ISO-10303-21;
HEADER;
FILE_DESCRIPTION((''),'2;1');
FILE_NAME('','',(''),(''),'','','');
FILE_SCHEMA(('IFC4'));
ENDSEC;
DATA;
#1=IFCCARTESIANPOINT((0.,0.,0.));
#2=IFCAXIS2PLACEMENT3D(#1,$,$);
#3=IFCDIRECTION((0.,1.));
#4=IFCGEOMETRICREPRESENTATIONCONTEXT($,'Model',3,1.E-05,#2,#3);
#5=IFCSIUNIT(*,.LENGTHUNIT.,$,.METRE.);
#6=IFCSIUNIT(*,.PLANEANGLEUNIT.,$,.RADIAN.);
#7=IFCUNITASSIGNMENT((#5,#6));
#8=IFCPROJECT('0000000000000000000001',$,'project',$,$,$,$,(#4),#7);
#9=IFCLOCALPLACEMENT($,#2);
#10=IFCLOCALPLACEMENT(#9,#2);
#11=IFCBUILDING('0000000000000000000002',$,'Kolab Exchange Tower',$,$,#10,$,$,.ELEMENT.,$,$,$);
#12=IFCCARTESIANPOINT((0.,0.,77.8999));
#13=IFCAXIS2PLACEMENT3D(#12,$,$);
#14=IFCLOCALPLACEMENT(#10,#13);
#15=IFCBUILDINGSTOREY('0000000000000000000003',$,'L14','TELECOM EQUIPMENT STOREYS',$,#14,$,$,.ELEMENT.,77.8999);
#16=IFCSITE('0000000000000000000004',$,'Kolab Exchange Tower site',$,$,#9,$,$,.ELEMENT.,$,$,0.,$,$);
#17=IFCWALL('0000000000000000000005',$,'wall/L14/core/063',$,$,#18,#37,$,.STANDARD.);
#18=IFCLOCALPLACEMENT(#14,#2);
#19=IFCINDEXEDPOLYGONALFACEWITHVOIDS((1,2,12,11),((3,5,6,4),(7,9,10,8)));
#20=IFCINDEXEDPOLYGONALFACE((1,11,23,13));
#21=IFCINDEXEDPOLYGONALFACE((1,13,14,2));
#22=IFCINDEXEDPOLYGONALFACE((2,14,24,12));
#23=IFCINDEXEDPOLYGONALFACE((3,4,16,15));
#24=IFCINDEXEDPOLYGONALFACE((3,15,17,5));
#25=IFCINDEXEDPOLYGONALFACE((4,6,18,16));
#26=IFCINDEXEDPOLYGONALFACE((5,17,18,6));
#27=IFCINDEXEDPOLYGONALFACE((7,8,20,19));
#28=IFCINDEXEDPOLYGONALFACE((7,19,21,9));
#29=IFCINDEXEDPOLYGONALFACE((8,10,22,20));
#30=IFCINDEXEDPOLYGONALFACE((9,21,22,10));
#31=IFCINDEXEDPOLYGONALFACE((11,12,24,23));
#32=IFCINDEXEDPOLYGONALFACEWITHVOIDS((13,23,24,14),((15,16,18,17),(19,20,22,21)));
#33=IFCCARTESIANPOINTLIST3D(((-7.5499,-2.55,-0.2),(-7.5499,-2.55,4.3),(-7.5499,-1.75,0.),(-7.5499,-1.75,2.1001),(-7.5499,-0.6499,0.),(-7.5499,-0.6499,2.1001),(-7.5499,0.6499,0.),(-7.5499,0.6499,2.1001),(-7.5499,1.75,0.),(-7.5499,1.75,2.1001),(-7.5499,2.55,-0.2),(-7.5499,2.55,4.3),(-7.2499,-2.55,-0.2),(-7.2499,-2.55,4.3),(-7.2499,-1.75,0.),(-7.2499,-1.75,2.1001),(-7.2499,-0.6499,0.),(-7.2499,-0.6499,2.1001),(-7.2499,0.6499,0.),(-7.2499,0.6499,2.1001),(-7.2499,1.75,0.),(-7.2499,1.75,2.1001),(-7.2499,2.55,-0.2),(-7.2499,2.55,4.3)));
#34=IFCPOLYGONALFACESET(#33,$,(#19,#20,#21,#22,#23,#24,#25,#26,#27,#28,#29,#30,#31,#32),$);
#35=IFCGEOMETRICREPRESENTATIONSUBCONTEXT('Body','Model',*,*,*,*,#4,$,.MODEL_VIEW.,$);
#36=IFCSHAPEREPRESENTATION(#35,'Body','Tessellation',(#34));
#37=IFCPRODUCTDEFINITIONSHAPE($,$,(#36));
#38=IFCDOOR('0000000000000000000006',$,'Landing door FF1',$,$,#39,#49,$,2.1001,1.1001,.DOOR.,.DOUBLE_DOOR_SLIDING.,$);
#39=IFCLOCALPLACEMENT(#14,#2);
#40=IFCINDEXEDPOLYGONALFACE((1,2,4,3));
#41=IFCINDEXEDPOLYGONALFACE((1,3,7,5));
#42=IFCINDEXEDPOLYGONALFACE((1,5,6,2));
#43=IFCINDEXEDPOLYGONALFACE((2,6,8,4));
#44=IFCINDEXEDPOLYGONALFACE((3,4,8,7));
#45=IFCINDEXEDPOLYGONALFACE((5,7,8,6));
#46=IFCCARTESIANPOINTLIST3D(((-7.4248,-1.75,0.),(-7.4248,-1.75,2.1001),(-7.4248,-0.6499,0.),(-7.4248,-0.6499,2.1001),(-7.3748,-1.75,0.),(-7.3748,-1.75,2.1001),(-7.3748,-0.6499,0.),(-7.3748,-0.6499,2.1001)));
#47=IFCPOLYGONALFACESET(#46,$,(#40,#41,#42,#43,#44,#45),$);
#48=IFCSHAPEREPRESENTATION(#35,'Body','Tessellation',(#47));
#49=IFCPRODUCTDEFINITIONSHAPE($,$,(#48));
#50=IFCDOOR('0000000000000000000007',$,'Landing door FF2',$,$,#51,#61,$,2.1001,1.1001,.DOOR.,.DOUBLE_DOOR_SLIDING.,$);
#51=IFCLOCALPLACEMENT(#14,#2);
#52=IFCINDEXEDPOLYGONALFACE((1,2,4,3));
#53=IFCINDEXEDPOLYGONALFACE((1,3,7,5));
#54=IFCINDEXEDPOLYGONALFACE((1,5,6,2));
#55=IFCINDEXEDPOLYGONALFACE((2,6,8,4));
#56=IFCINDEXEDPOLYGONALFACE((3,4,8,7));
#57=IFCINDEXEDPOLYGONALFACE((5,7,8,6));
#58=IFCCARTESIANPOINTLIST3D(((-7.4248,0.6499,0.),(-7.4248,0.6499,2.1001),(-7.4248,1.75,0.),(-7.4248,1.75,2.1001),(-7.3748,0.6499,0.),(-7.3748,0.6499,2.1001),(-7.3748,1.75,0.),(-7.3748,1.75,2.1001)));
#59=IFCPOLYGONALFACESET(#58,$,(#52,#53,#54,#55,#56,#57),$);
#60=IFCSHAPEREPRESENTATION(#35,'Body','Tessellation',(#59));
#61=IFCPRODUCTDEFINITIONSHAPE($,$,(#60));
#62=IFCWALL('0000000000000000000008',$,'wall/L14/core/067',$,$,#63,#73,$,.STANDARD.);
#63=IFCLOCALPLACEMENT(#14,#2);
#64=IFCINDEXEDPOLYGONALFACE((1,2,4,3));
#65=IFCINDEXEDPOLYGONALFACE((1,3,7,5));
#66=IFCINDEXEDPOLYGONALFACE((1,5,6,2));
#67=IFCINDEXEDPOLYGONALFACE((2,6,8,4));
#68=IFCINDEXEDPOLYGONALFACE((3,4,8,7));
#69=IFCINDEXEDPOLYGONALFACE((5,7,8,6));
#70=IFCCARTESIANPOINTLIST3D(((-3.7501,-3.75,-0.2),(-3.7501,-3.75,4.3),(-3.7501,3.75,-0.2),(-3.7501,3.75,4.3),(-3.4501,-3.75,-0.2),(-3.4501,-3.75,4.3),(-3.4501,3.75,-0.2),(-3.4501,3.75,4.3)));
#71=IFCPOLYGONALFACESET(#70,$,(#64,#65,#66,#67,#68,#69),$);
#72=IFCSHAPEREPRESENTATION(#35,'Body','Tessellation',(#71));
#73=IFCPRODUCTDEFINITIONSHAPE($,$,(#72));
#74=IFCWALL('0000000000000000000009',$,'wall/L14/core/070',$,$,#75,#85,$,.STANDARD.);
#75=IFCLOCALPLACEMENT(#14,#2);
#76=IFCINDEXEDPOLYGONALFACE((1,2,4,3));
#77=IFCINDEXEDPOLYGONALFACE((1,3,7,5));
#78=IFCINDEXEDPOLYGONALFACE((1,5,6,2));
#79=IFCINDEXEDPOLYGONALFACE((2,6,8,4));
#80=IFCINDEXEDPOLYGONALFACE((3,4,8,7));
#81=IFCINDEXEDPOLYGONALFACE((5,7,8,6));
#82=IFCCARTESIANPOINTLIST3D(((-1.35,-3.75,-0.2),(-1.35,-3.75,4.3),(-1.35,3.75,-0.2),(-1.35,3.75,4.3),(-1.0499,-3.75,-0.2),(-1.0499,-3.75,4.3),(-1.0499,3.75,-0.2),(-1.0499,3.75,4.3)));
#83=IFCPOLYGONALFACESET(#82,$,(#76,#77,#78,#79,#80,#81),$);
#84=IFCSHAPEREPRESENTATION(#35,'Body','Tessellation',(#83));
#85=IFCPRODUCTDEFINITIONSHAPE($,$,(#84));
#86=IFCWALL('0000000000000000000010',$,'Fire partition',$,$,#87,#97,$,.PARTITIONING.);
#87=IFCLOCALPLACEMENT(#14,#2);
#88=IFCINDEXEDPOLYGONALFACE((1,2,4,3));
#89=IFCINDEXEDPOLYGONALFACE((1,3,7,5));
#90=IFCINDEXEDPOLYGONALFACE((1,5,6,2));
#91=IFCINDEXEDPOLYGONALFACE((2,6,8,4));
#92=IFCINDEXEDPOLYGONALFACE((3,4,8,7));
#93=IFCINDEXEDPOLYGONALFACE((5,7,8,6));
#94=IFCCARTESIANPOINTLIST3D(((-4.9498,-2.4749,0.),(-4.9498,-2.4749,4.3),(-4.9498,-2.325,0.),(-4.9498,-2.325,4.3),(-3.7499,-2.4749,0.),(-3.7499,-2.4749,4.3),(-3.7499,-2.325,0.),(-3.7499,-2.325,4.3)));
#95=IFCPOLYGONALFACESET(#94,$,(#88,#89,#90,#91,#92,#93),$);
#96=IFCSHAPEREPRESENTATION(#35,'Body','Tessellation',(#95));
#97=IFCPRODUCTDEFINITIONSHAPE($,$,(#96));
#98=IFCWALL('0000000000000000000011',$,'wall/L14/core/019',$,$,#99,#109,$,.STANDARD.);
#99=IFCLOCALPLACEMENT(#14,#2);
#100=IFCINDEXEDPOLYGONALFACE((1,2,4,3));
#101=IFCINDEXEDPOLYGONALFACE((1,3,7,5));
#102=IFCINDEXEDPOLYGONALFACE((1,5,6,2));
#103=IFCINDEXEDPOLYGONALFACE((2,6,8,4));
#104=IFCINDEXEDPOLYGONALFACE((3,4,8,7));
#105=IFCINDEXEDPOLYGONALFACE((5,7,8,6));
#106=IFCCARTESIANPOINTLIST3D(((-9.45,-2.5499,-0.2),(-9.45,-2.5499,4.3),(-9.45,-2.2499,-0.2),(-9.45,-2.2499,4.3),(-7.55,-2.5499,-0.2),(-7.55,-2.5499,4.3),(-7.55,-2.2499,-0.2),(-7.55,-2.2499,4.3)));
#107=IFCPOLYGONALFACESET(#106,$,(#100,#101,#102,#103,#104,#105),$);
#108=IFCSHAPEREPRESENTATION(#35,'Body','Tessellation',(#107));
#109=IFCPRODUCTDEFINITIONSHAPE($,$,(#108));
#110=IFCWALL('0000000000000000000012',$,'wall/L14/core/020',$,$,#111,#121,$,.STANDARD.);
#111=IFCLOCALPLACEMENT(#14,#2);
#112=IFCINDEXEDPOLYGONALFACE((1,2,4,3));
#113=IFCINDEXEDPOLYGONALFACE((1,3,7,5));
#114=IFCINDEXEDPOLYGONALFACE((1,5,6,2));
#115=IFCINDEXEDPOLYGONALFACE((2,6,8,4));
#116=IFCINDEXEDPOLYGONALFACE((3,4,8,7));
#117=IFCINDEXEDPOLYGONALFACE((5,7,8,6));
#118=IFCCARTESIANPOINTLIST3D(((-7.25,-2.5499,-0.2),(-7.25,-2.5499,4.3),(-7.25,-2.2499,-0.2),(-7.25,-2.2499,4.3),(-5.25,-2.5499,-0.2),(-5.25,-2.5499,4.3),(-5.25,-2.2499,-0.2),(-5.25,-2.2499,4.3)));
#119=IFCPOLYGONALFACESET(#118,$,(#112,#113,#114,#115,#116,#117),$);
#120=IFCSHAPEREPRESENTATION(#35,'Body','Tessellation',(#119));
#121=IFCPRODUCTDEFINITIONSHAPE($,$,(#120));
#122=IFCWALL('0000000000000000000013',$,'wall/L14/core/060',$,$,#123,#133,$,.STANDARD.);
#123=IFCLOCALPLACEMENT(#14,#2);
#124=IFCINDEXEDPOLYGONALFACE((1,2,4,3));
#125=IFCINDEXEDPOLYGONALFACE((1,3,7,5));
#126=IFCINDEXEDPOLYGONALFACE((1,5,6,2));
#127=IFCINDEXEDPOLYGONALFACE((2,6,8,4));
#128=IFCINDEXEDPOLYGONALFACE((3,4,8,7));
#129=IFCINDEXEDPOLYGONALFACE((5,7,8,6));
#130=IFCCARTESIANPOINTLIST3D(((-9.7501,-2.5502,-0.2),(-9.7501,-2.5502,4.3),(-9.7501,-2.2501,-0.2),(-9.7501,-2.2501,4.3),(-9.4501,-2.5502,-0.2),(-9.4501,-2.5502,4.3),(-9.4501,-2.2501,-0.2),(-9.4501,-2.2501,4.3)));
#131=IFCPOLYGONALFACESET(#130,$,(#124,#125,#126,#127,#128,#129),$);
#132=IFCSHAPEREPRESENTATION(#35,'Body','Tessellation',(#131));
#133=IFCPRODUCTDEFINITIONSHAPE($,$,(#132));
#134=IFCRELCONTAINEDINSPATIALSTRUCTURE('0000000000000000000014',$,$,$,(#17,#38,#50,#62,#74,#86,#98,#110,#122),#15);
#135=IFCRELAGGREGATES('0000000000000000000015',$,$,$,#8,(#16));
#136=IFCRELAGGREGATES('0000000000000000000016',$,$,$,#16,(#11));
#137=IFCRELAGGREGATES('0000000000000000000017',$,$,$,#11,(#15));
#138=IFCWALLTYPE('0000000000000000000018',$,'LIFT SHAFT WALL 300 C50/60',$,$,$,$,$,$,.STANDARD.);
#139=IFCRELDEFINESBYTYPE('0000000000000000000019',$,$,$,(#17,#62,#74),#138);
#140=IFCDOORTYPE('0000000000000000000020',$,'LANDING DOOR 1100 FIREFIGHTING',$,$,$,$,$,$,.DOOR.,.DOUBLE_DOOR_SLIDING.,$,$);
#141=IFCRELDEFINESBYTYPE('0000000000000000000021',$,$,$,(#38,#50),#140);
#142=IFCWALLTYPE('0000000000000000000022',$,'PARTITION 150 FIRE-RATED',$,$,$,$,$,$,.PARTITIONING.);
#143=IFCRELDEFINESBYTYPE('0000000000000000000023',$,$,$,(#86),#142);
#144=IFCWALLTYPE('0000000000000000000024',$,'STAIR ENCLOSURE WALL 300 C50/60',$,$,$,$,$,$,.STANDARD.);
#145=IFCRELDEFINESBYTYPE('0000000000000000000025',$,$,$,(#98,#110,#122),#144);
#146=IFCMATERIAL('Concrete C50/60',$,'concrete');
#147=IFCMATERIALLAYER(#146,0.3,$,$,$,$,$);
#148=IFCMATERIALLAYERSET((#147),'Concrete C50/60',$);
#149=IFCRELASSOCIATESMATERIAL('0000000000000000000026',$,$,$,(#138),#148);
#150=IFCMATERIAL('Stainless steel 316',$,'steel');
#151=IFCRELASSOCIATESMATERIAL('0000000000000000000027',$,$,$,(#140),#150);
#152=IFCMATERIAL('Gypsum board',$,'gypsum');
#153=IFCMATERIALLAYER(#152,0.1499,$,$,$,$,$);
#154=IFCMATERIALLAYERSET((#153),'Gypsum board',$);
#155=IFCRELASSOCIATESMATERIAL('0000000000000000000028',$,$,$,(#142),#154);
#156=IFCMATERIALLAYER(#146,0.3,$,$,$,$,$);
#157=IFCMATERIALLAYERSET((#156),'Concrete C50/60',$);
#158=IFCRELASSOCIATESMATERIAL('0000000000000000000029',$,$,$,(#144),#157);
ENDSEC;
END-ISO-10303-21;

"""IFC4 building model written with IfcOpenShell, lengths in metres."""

from ifc_helpers import new_model, si_unit, direction, frame, frame_2d, origin, place, context, subcontext, project, spatial, rectangle, extrude, material, layer, layer_set, type_object, element, fill, save


model = new_model("IFC4")

# Units and contexts
model_context = context("Model", 3, precision=1e-05, world=origin(), true_north=direction((0.0, 1.0)))
body_context = subcontext(model_context, "Body", "Model", "MODEL_VIEW")
ifc_project = project(units=[si_unit("LENGTHUNIT", "METRE"), si_unit("PLANEANGLEUNIT", "RADIAN")], contexts=[model_context])

# Site, building, storey
site_placement = place(None, origin())
site = spatial("IfcSite", under=ifc_project, at=site_placement, Name="Kolab Exchange Tower site", CompositionType="ELEMENT", RefElevation=0.0)
building_placement = place(site_placement, origin())
building = spatial("IfcBuilding", under=site, at=building_placement, Name="Kolab Exchange Tower", CompositionType="ELEMENT")
storey_placement = place(building_placement, frame((0.0, 0.0, 77.8999)))
storey = spatial("IfcBuildingStorey", under=building, at=storey_placement, Name="L14", Description="TELECOM EQUIPMENT STOREYS", CompositionType="ELEMENT", Elevation=77.8999)

# Shared definitions
ifc_material_1 = material(Name="Concrete C50/60", Category="concrete")
ifc_layer_1 = layer(ifc_material_1, 0.3)
ifc_layer_set_1 = layer_set([ifc_layer_1], Name="Concrete C50/60")
wall_type_1 = type_object("IfcWallType", Name="LIFT SHAFT WALL 300 C50/60", PredefinedType="STANDARD", material=ifc_layer_set_1)

# Wall, openings, doors
wall_1_placement = place(storey_placement, frame((-7.3999, -2.55, -0.2), z_axis=(0.0, 0.0, 1.0), x_axis=(0.0, 1.0, 0.0)))
wall_1 = element("IfcWall", 1, at=wall_1_placement, inside=storey, type_object=wall_type_1, Name="wall/L14/core/063", PredefinedType="STANDARD", context=body_context, shape_type="SweptSolid", body=[
    extrude(rectangle(XDim=5.1001, YDim=0.3, at=frame_2d((2.55, 0.0))), origin(), (0.0, 0.0, 1.0), 4.5),
])
opening_1_placement = place(wall_1_placement, frame((0.8, 0.0, 0.2)))
opening_1 = element("IfcOpeningElement", 2, at=opening_1_placement, cuts=wall_1, PredefinedType="OPENING", context=body_context, shape_type="SweptSolid", body=[
    extrude(rectangle(XDim=1.1001, YDim=2.1001, at=frame_2d((0.55, 1.05))), frame((0.0, 0.1602, 0.0), z_axis=(0.0, -1.0, 0.0), x_axis=(1.0, 0.0, 0.0)), (0.0, 0.0, 1.0), 0.3201),
])
opening_2_placement = place(wall_1_placement, frame((3.2, 0.0, 0.2)))
opening_2 = element("IfcOpeningElement", 3, at=opening_2_placement, cuts=wall_1, PredefinedType="OPENING", context=body_context, shape_type="SweptSolid", body=[
    extrude(rectangle(XDim=1.1001, YDim=2.1001, at=frame_2d((0.55, 1.05))), frame((0.0, 0.1602, 0.0), z_axis=(0.0, -1.0, 0.0), x_axis=(1.0, 0.0, 0.0)), (0.0, 0.0, 1.0), 0.3201),
])
ifc_material_2 = material(Name="Stainless steel 316", Category="steel")
door_type_1 = type_object("IfcDoorType", Name="LANDING DOOR 1100 FIREFIGHTING", OperationType="DOUBLE_DOOR_SLIDING", PredefinedType="DOOR", material=ifc_material_2)
door_1_placement = place(opening_1_placement, origin())
door_1 = element("IfcDoor", 4, at=door_1_placement, inside=storey, type_object=door_type_1, Name="Landing door FF1", OperationType="DOUBLE_DOOR_SLIDING", OverallHeight=2.1001, OverallWidth=1.1001, PredefinedType="DOOR", context=body_context, shape_type="SweptSolid", body=[
    extrude(rectangle(XDim=1.1001, YDim=2.1001, at=frame_2d((0.55, 1.05))), frame((0.0, 0.0249, 0.0), z_axis=(0.0, -1.0, 0.0), x_axis=(1.0, 0.0, 0.0)), (0.0, 0.0, 1.0), 0.05),
])
fill(opening_1, door_1)
door_2_placement = place(opening_2_placement, origin())
door_2 = element("IfcDoor", 5, at=door_2_placement, inside=storey, type_object=door_type_1, Name="Landing door FF2", OperationType="DOUBLE_DOOR_SLIDING", OverallHeight=2.1001, OverallWidth=1.1001, PredefinedType="DOOR", context=body_context, shape_type="SweptSolid", body=[
    extrude(rectangle(XDim=1.1001, YDim=2.1001, at=frame_2d((0.55, 1.05))), frame((0.0, 0.0249, 0.0), z_axis=(0.0, -1.0, 0.0), x_axis=(1.0, 0.0, 0.0)), (0.0, 0.0, 1.0), 0.05),
])
fill(opening_2, door_2)

# Walls
for number, where, z_axis, x_axis, name in (
    (6, (-3.6001, -3.75, -0.2), (0.0, 0.0, 1.0), (0.0, 1.0, 0.0), "wall/L14/core/067"),
    (7, (-1.2, -3.75, -0.2), (0.0, 0.0, 1.0), (0.0, 1.0, 0.0), "wall/L14/core/070"),
):
    element("IfcWall", number, at=place(storey_placement, frame(where, z_axis=z_axis, x_axis=x_axis)), inside=storey, type_object=wall_type_1, Name=name, PredefinedType="STANDARD", context=body_context, shape_type="SweptSolid", body=[
        extrude(rectangle(XDim=7.5, YDim=0.3, at=frame_2d((3.75, 0.0))), origin(), (0.0, 0.0, 1.0), 4.5),
    ])
ifc_material_3 = material(Name="Gypsum board", Category="gypsum")
ifc_layer_2 = layer(ifc_material_3, 0.1499)
ifc_layer_set_2 = layer_set([ifc_layer_2], Name="Gypsum board")
wall_type_2 = type_object("IfcWallType", Name="PARTITION 150 FIRE-RATED", PredefinedType="PARTITIONING", material=ifc_layer_set_2)
wall_2_placement = place(storey_placement, frame((-4.95, -2.3999, 0.0), z_axis=(0.0, 0.0, 1.0), x_axis=(1.0, 0.0, 0.0)))
element("IfcWall", 8, at=wall_2_placement, inside=storey, type_object=wall_type_2, Name="Fire partition", PredefinedType="PARTITIONING", context=body_context, shape_type="SweptSolid", body=[
    extrude(rectangle(XDim=1.2, YDim=0.1499, at=frame_2d((0.6001, 0.0))), origin(), (0.0, 0.0, 1.0), 4.3),
])
ifc_layer_3 = layer(ifc_material_1, 0.3)
ifc_layer_set_3 = layer_set([ifc_layer_3], Name="Concrete C50/60")
wall_type_3 = type_object("IfcWallType", Name="STAIR ENCLOSURE WALL 300 C50/60", PredefinedType="STANDARD", material=ifc_layer_set_3)
wall_3_placement = place(storey_placement, frame((-9.45, -2.3999, -0.2), z_axis=(0.0, 0.0, 1.0), x_axis=(1.0, 0.0, 0.0)))
element("IfcWall", 9, at=wall_3_placement, inside=storey, type_object=wall_type_3, Name="wall/L14/core/019", PredefinedType="STANDARD", context=body_context, shape_type="SweptSolid", body=[
    extrude(rectangle(XDim=1.8999, YDim=0.3, at=frame_2d((0.95, 0.0))), origin(), (0.0, 0.0, 1.0), 4.5),
])
wall_4_placement = place(storey_placement, frame((-7.25, -2.3999, -0.2), z_axis=(0.0, 0.0, 1.0), x_axis=(1.0, 0.0, 0.0)))
element("IfcWall", 10, at=wall_4_placement, inside=storey, type_object=wall_type_3, Name="wall/L14/core/020", PredefinedType="STANDARD", context=body_context, shape_type="SweptSolid", body=[
    extrude(rectangle(XDim=2.0, YDim=0.3, at=frame_2d((1.0, 0.0))), origin(), (0.0, 0.0, 1.0), 4.5),
])
wall_5_placement = place(storey_placement, frame((-9.6001, -2.55, -0.2), z_axis=(0.0, 0.0, 1.0), x_axis=(0.0, 1.0, 0.0)))
element("IfcWall", 11, at=wall_5_placement, inside=storey, type_object=wall_type_3, Name="wall/L14/core/060", PredefinedType="STANDARD", context=body_context, shape_type="SweptSolid", body=[
    extrude(rectangle(XDim=0.3, YDim=0.3, at=frame_2d((0.1499, 0.0))), origin(), (0.0, 0.0, 1.0), 4.5),
])

save(model, "model.ifc")
